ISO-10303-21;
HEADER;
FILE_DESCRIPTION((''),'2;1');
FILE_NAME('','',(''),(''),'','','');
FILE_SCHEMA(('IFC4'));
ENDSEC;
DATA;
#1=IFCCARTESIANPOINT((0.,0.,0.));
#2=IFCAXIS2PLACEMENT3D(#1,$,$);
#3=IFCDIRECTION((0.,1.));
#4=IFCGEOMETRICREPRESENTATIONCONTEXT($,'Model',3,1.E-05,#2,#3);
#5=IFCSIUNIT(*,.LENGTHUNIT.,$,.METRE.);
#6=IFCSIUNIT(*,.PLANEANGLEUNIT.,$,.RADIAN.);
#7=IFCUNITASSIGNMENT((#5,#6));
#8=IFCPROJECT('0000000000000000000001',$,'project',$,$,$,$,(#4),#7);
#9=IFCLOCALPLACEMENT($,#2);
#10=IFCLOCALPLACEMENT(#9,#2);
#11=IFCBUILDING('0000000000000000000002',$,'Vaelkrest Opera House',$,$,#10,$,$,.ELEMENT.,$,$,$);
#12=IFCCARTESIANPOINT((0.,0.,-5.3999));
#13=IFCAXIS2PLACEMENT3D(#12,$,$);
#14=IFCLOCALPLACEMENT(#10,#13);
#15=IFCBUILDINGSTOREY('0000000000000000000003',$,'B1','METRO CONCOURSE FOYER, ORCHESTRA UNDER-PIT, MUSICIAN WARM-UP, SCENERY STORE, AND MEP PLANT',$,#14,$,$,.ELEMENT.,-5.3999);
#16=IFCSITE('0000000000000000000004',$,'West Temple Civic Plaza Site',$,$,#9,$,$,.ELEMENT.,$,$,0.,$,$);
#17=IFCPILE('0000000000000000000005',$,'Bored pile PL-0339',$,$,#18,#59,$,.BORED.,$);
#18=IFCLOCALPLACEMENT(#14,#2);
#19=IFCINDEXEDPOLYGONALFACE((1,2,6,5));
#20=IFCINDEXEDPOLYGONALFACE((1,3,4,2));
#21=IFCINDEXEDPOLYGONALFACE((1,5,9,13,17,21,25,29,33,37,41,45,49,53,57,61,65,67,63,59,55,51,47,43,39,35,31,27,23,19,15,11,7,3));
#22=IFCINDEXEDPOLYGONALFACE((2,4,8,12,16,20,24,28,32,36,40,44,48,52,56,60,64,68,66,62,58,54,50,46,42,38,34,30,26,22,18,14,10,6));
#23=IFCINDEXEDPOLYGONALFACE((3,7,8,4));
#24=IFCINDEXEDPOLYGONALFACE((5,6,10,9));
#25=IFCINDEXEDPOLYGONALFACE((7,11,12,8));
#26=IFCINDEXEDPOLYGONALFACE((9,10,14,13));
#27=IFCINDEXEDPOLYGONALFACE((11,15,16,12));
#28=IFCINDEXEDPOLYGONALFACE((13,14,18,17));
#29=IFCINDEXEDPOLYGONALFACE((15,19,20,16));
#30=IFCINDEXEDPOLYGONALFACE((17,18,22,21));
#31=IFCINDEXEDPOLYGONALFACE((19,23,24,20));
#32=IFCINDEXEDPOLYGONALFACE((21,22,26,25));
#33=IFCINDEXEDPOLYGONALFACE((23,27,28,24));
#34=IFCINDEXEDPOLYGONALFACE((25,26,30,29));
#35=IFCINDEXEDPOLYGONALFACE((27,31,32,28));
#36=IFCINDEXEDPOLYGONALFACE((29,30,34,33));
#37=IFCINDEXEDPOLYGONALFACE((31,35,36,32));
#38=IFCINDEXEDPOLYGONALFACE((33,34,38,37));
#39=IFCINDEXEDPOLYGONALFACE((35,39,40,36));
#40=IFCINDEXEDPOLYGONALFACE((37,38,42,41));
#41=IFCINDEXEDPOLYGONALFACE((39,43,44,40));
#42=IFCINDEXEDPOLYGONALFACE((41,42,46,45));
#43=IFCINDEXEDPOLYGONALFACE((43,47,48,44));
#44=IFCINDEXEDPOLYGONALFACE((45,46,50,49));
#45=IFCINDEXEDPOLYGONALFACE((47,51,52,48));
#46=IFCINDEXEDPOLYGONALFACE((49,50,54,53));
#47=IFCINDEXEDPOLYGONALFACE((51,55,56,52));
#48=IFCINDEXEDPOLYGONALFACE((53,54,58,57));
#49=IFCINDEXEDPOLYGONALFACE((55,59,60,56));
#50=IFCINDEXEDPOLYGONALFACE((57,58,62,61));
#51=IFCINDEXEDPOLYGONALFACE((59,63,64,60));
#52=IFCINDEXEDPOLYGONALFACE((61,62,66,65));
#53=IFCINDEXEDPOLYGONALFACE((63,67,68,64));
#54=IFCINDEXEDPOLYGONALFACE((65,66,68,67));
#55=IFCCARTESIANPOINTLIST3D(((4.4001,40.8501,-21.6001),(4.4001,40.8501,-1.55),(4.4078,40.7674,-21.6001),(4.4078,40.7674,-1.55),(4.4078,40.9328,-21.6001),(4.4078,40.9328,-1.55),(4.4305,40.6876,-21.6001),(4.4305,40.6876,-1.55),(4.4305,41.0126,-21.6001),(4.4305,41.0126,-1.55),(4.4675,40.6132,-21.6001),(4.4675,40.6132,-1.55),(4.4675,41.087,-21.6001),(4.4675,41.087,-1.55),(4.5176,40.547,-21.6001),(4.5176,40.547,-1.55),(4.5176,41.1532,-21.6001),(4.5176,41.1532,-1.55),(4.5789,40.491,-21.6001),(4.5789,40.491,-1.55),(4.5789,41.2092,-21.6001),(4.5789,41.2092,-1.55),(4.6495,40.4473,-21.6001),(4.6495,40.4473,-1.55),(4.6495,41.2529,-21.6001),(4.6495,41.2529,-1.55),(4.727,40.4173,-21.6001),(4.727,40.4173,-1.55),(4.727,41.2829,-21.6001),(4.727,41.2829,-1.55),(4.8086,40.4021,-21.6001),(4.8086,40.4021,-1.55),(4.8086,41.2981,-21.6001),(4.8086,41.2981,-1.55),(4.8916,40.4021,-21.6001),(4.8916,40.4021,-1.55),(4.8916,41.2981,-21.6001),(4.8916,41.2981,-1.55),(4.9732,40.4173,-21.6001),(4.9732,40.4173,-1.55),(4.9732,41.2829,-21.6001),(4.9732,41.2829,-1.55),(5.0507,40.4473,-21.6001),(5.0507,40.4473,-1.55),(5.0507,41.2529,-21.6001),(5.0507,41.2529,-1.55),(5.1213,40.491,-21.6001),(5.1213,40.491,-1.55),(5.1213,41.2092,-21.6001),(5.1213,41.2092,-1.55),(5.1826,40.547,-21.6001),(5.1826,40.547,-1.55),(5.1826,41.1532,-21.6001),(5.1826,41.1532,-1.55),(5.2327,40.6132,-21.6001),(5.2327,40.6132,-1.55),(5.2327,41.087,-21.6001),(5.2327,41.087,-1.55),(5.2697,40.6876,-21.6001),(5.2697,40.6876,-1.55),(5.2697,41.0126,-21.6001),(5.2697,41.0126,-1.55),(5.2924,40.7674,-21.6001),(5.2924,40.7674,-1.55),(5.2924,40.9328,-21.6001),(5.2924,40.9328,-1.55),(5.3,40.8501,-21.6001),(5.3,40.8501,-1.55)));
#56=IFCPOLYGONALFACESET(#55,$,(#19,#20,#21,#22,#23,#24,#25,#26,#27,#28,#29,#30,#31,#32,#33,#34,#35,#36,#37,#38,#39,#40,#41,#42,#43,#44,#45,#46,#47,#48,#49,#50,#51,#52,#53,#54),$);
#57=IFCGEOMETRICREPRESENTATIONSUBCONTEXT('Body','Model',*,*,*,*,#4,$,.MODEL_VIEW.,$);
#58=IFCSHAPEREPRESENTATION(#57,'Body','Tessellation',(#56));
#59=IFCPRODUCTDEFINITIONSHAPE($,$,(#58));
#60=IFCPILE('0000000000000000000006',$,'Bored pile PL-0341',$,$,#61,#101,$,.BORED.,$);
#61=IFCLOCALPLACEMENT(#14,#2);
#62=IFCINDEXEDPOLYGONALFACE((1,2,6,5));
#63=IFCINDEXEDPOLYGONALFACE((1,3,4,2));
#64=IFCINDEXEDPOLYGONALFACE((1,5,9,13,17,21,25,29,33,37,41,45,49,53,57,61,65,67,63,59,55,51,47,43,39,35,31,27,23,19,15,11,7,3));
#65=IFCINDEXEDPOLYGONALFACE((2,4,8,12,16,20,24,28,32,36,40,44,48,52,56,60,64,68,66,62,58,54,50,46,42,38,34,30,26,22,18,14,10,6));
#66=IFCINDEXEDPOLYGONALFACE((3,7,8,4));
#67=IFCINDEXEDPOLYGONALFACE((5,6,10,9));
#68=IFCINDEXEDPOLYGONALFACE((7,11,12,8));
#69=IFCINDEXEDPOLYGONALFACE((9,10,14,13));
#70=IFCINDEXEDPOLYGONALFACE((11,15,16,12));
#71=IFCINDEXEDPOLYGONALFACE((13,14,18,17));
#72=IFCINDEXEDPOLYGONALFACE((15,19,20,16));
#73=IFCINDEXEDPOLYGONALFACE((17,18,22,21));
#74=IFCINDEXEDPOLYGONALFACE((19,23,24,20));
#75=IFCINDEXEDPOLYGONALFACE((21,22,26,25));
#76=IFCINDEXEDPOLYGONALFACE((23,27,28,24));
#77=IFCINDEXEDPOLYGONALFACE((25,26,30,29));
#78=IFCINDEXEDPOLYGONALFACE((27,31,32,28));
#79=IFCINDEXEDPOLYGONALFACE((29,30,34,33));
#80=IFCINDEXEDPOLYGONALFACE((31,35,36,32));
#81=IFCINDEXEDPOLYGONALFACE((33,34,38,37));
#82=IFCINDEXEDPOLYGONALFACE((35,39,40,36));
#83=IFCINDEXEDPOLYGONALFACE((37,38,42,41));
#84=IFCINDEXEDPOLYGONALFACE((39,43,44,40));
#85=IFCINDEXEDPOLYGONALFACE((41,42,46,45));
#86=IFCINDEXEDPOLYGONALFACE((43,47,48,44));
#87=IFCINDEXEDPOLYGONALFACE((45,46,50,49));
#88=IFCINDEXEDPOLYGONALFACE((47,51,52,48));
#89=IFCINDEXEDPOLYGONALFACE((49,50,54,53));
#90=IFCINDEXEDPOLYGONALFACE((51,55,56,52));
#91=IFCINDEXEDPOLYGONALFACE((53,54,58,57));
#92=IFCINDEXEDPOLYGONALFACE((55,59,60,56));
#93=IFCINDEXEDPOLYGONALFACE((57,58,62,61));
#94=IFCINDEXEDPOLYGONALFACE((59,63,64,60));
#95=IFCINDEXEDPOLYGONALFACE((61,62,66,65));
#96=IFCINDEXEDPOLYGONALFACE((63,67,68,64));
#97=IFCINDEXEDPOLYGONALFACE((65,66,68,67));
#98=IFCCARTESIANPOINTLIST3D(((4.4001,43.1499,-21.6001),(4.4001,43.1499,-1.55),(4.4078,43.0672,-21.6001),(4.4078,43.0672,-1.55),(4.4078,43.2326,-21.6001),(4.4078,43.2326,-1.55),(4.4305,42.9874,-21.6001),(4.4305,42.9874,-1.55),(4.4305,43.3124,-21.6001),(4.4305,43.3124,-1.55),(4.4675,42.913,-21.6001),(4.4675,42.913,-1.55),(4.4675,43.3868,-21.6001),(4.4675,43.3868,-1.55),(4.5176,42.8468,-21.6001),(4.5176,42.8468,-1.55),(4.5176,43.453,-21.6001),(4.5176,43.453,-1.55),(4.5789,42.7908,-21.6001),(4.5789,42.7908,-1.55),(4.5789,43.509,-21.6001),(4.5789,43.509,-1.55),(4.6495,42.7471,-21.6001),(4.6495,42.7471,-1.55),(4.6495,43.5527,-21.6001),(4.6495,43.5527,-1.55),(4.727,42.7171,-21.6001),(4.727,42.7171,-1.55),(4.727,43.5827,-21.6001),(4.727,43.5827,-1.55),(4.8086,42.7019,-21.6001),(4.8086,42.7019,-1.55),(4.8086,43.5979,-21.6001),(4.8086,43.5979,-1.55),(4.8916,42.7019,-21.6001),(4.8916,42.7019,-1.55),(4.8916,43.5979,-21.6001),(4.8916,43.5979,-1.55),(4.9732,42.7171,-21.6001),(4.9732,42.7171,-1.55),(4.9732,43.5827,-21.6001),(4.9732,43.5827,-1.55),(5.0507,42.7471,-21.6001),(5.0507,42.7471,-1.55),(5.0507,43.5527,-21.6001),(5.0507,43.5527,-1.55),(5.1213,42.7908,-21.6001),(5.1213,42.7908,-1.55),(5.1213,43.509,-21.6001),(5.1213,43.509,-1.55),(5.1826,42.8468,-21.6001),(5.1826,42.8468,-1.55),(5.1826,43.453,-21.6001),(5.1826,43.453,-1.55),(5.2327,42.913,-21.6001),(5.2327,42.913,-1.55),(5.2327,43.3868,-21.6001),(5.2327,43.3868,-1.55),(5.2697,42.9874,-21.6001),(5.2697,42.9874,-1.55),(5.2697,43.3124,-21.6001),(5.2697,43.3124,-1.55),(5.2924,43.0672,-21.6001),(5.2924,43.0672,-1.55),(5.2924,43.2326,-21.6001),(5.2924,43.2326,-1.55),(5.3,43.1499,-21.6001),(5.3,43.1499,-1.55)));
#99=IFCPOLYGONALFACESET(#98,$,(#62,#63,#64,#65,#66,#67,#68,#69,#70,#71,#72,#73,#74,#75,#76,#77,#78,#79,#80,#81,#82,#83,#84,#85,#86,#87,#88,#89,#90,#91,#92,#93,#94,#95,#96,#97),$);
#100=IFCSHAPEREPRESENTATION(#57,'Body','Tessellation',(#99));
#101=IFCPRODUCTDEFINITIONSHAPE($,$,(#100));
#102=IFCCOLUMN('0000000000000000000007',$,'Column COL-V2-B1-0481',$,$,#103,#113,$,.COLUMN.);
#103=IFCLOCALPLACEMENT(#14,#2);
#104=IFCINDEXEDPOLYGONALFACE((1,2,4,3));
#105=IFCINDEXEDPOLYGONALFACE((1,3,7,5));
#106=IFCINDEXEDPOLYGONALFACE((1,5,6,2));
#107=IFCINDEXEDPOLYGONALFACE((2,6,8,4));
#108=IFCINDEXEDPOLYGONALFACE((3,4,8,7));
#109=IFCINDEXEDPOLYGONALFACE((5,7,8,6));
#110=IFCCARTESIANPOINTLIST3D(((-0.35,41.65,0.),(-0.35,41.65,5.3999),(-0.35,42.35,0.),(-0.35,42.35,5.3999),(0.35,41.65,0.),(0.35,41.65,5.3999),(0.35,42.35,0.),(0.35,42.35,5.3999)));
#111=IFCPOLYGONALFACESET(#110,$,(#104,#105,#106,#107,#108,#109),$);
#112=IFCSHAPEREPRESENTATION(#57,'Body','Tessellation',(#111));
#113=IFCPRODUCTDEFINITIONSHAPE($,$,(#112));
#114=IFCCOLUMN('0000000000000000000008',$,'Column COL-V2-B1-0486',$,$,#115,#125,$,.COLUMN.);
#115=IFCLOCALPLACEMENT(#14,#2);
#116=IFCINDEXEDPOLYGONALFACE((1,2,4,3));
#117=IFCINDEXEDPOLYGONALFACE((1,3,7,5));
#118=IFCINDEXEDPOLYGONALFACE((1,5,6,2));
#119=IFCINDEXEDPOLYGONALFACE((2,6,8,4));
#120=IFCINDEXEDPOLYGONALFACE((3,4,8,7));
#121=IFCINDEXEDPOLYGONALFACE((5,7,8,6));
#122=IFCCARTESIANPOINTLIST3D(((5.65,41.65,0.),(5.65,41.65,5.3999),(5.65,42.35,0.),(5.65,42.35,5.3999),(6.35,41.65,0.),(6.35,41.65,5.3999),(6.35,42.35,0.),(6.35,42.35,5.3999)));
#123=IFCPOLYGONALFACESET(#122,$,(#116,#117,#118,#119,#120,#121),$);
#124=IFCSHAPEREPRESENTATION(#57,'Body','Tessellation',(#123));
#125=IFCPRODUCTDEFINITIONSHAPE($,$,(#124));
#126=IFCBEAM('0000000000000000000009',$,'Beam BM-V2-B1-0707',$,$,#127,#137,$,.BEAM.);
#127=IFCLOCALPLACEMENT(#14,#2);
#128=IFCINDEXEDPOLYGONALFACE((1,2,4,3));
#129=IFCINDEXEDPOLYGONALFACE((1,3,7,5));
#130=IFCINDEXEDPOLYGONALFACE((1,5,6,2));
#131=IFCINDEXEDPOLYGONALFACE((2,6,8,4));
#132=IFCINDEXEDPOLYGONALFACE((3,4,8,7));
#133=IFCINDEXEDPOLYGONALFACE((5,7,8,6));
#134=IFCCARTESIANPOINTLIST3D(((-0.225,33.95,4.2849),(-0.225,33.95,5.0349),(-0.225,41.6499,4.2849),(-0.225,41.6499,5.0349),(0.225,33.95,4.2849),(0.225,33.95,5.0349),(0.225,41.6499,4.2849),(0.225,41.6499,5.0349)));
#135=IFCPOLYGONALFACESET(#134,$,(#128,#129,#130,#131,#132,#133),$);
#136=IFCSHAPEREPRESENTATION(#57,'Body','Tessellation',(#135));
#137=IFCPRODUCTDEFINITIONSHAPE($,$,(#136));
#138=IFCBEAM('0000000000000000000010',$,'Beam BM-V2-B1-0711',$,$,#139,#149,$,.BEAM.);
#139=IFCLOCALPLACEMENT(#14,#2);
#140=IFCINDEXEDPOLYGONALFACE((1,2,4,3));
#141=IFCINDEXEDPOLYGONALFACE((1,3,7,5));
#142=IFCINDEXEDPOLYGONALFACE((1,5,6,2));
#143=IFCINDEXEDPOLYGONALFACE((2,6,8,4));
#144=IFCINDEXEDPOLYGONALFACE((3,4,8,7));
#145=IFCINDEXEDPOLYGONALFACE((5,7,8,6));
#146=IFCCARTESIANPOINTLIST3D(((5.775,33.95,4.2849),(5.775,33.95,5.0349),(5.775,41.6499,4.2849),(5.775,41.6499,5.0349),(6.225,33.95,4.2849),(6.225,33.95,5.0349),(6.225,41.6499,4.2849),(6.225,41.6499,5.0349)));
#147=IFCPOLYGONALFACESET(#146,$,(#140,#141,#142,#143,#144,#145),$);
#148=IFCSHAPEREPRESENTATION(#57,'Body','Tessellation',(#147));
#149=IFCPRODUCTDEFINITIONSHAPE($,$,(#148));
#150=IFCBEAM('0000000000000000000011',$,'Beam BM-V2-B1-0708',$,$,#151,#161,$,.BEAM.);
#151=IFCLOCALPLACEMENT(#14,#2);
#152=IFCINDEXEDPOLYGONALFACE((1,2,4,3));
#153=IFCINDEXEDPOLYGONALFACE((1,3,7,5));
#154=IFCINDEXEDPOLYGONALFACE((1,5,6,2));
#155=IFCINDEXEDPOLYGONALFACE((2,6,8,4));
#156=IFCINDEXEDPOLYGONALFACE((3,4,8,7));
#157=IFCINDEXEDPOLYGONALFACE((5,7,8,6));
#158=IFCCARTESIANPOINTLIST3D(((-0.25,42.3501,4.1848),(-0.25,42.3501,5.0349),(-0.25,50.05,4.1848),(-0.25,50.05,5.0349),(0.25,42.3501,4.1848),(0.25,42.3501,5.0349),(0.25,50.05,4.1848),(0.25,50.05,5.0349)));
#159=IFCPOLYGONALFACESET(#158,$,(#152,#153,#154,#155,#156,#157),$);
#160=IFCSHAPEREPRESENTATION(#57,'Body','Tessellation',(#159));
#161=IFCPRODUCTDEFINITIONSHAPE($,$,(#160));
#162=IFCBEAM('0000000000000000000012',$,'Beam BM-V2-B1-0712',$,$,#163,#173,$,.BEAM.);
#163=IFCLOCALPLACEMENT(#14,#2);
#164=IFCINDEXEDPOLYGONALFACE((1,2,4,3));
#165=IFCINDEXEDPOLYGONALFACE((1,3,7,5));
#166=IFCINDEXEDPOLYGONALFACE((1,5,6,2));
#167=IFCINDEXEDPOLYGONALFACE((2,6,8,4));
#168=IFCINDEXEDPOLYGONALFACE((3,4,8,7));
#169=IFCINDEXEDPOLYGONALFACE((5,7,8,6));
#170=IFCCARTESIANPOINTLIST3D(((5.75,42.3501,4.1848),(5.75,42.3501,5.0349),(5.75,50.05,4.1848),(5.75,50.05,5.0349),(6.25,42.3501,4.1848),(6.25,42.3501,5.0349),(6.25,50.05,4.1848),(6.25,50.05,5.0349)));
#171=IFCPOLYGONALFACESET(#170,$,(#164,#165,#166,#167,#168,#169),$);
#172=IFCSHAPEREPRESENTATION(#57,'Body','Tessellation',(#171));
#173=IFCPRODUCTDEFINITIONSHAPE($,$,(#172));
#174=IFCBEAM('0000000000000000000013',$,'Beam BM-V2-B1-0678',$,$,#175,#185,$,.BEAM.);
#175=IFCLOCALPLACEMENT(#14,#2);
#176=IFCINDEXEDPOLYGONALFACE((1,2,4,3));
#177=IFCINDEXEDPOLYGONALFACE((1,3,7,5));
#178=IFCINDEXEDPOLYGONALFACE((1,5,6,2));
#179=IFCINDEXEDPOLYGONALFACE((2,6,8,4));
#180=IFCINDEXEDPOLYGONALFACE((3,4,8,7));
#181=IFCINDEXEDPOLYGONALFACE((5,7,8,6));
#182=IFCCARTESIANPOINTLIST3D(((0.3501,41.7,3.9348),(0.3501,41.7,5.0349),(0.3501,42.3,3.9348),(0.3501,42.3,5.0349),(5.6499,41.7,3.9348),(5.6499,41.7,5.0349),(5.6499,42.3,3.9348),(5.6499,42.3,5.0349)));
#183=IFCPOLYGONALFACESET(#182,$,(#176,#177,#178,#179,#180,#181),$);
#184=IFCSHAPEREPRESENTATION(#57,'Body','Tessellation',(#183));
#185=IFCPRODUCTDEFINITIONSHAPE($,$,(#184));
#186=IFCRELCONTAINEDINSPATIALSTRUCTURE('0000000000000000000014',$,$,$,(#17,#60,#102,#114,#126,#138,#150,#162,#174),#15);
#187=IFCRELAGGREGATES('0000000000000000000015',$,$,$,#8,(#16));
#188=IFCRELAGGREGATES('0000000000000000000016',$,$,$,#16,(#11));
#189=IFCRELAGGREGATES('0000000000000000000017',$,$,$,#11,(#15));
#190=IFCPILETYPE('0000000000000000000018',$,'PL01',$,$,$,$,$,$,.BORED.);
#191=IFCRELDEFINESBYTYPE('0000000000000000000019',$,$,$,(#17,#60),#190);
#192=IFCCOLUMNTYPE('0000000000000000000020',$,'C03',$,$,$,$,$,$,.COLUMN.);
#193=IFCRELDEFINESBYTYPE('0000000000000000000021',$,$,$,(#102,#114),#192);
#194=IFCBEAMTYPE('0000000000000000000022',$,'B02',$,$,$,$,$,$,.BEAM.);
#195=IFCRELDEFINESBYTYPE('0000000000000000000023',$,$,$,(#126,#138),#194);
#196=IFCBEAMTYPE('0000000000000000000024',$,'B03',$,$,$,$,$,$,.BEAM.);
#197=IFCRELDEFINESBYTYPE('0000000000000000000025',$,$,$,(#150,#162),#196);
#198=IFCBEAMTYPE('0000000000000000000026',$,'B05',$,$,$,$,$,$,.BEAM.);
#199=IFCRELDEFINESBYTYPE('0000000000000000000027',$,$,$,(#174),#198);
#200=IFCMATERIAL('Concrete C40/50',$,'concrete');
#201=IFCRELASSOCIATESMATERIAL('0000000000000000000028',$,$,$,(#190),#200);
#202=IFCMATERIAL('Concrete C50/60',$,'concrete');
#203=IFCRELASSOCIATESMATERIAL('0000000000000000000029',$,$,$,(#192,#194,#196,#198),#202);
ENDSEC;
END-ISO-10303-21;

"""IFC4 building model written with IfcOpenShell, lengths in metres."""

from ifc_helpers import new_model, si_unit, direction, frame, origin, origin_2d, place, context, subcontext, project, spatial, rectangle, circle, extrude, material, material_profile, profile_set, type_object, element, save


model = new_model("IFC4")

# Units and contexts
model_context = context("Model", 3, precision=1e-05, world=origin(), true_north=direction((0.0, 1.0)))
body_context = subcontext(model_context, "Body", "Model", "MODEL_VIEW")
ifc_project = project(units=[si_unit("LENGTHUNIT", "METRE"), si_unit("PLANEANGLEUNIT", "RADIAN")], contexts=[model_context])

# Site, building, storey
site_placement = place(None, origin())
site = spatial("IfcSite", under=ifc_project, at=site_placement, Name="West Temple Civic Plaza Site", CompositionType="ELEMENT", RefElevation=0.0)
building_placement = place(site_placement, origin())
building = spatial("IfcBuilding", under=site, at=building_placement, Name="Vaelkrest Opera House", CompositionType="ELEMENT")
storey_placement = place(building_placement, frame((0.0, 0.0, -5.3999)))
storey = spatial("IfcBuildingStorey", under=building, at=storey_placement, Name="B1", Description="METRO CONCOURSE FOYER, ORCHESTRA UNDER-PIT, MUSICIAN WARM-UP, SCENERY STORE, AND MEP PLANT", CompositionType="ELEMENT", Elevation=-5.3999)

# Shared definitions
ifc_material_1 = material(Name="Concrete C40/50", Category="concrete")

# Piles
ifc_material_profile_1 = material_profile(ifc_material_1, circle(Radius=0.45, at=origin_2d()), Name="PILE900")
ifc_profile_set_1 = profile_set([ifc_material_profile_1], Name="Concrete C40/50")
pile_type = type_object("IfcPileType", Name="PL01", PredefinedType="BORED", material=ifc_profile_set_1)
for number, where, z_axis, x_axis, name in (
    (1, (4.8501, 40.8501, -1.55), (0.0, 0.0, -1.0), (1.0, 0.0, 0.0), "Bored pile PL-0339"),
    (2, (4.8501, 43.1499, -1.55), (0.0, 0.0, -1.0), (1.0, 0.0, 0.0), "Bored pile PL-0341"),
):
    element("IfcPile", number, at=place(storey_placement, frame(where, z_axis=z_axis, x_axis=x_axis)), inside=storey, type_object=pile_type, Name=name, PredefinedType="BORED", context=body_context, shape_type="SweptSolid", body=[
        extrude(circle(Radius=0.45, at=origin_2d()), origin(), (0.0, 0.0, 1.0), 20.05),
    ])

# Columns
ifc_material_2 = material(Name="Concrete C50/60", Category="concrete")
ifc_material_profile_2 = material_profile(ifc_material_2, rectangle(XDim=0.7, YDim=0.7, at=origin_2d()), Name="RC700X700")
ifc_profile_set_2 = profile_set([ifc_material_profile_2], Name="Concrete C50/60")
column_type = type_object("IfcColumnType", Name="C03", PredefinedType="COLUMN", material=ifc_profile_set_2)
for number, where, z_axis, x_axis, name in (
    (3, (0.0, 42.0, 0.0), (0.0, 0.0, 1.0), (1.0, 0.0, 0.0), "Column COL-V2-B1-0481"),
    (4, (6.0, 42.0, 0.0), (0.0, 0.0, 1.0), (1.0, 0.0, 0.0), "Column COL-V2-B1-0486"),
):
    element("IfcColumn", number, at=place(storey_placement, frame(where, z_axis=z_axis, x_axis=x_axis)), inside=storey, type_object=column_type, Name=name, PredefinedType="COLUMN", context=body_context, shape_type="SweptSolid", body=[
        extrude(rectangle(XDim=0.7, YDim=0.7, at=origin_2d()), origin(), (0.0, 0.0, 1.0), 5.3999),
    ])

# Beams
ifc_material_profile_3 = material_profile(ifc_material_2, rectangle(XDim=0.45, YDim=0.75, at=origin_2d()), Name="RCB450X750")
ifc_profile_set_3 = profile_set([ifc_material_profile_3], Name="Concrete C50/60")
beam_type_1 = type_object("IfcBeamType", Name="B02", PredefinedType="BEAM", material=ifc_profile_set_3)
for number, where, z_axis, x_axis, name in (
    (5, (0.0, 33.95, 4.6599), (0.0, 1.0, 0.0), (-1.0, 0.0, 0.0), "Beam BM-V2-B1-0707"),
    (6, (6.0, 33.95, 4.6599), (0.0, 1.0, 0.0), (-1.0, 0.0, 0.0), "Beam BM-V2-B1-0711"),
):
    element("IfcBeam", number, at=place(storey_placement, frame(where, z_axis=z_axis, x_axis=x_axis)), inside=storey, type_object=beam_type_1, Name=name, PredefinedType="BEAM", context=body_context, shape_type="SweptSolid", body=[
        extrude(rectangle(XDim=0.45, YDim=0.75, at=origin_2d()), origin(), (0.0, 0.0, 1.0), 7.7),
    ])
ifc_material_profile_4 = material_profile(ifc_material_2, rectangle(XDim=0.5, YDim=0.8501, at=origin_2d()), Name="RCB500X850")
ifc_profile_set_4 = profile_set([ifc_material_profile_4], Name="Concrete C50/60")
beam_type_2 = type_object("IfcBeamType", Name="B03", PredefinedType="BEAM", material=ifc_profile_set_4)
for number, where, z_axis, x_axis, name in (
    (7, (0.0, 42.3501, 4.6099), (0.0, 1.0, 0.0), (-1.0, 0.0, 0.0), "Beam BM-V2-B1-0708"),
    (8, (6.0, 42.3501, 4.6099), (0.0, 1.0, 0.0), (-1.0, 0.0, 0.0), "Beam BM-V2-B1-0712"),
):
    element("IfcBeam", number, at=place(storey_placement, frame(where, z_axis=z_axis, x_axis=x_axis)), inside=storey, type_object=beam_type_2, Name=name, PredefinedType="BEAM", context=body_context, shape_type="SweptSolid", body=[
        extrude(rectangle(XDim=0.5, YDim=0.8501, at=origin_2d()), origin(), (0.0, 0.0, 1.0), 7.7),
    ])
ifc_material_profile_5 = material_profile(ifc_material_2, rectangle(XDim=0.6001, YDim=1.1001, at=origin_2d()), Name="RCB600X1100")
ifc_profile_set_5 = profile_set([ifc_material_profile_5], Name="Concrete C50/60")
beam_type_3 = type_object("IfcBeamType", Name="B05", PredefinedType="BEAM", material=ifc_profile_set_5)
beam_1_placement = place(storey_placement, frame((0.3501, 42.0, 4.4849), z_axis=(1.0, 0.0, 0.0), x_axis=(0.0, 1.0, 0.0)))
element("IfcBeam", 9, at=beam_1_placement, inside=storey, type_object=beam_type_3, Name="Beam BM-V2-B1-0678", PredefinedType="BEAM", context=body_context, shape_type="SweptSolid", body=[
    extrude(rectangle(XDim=0.6001, YDim=1.1001, at=origin_2d()), origin(), (0.0, 0.0, 1.0), 5.2998),
])

save(model, "model.ifc")
